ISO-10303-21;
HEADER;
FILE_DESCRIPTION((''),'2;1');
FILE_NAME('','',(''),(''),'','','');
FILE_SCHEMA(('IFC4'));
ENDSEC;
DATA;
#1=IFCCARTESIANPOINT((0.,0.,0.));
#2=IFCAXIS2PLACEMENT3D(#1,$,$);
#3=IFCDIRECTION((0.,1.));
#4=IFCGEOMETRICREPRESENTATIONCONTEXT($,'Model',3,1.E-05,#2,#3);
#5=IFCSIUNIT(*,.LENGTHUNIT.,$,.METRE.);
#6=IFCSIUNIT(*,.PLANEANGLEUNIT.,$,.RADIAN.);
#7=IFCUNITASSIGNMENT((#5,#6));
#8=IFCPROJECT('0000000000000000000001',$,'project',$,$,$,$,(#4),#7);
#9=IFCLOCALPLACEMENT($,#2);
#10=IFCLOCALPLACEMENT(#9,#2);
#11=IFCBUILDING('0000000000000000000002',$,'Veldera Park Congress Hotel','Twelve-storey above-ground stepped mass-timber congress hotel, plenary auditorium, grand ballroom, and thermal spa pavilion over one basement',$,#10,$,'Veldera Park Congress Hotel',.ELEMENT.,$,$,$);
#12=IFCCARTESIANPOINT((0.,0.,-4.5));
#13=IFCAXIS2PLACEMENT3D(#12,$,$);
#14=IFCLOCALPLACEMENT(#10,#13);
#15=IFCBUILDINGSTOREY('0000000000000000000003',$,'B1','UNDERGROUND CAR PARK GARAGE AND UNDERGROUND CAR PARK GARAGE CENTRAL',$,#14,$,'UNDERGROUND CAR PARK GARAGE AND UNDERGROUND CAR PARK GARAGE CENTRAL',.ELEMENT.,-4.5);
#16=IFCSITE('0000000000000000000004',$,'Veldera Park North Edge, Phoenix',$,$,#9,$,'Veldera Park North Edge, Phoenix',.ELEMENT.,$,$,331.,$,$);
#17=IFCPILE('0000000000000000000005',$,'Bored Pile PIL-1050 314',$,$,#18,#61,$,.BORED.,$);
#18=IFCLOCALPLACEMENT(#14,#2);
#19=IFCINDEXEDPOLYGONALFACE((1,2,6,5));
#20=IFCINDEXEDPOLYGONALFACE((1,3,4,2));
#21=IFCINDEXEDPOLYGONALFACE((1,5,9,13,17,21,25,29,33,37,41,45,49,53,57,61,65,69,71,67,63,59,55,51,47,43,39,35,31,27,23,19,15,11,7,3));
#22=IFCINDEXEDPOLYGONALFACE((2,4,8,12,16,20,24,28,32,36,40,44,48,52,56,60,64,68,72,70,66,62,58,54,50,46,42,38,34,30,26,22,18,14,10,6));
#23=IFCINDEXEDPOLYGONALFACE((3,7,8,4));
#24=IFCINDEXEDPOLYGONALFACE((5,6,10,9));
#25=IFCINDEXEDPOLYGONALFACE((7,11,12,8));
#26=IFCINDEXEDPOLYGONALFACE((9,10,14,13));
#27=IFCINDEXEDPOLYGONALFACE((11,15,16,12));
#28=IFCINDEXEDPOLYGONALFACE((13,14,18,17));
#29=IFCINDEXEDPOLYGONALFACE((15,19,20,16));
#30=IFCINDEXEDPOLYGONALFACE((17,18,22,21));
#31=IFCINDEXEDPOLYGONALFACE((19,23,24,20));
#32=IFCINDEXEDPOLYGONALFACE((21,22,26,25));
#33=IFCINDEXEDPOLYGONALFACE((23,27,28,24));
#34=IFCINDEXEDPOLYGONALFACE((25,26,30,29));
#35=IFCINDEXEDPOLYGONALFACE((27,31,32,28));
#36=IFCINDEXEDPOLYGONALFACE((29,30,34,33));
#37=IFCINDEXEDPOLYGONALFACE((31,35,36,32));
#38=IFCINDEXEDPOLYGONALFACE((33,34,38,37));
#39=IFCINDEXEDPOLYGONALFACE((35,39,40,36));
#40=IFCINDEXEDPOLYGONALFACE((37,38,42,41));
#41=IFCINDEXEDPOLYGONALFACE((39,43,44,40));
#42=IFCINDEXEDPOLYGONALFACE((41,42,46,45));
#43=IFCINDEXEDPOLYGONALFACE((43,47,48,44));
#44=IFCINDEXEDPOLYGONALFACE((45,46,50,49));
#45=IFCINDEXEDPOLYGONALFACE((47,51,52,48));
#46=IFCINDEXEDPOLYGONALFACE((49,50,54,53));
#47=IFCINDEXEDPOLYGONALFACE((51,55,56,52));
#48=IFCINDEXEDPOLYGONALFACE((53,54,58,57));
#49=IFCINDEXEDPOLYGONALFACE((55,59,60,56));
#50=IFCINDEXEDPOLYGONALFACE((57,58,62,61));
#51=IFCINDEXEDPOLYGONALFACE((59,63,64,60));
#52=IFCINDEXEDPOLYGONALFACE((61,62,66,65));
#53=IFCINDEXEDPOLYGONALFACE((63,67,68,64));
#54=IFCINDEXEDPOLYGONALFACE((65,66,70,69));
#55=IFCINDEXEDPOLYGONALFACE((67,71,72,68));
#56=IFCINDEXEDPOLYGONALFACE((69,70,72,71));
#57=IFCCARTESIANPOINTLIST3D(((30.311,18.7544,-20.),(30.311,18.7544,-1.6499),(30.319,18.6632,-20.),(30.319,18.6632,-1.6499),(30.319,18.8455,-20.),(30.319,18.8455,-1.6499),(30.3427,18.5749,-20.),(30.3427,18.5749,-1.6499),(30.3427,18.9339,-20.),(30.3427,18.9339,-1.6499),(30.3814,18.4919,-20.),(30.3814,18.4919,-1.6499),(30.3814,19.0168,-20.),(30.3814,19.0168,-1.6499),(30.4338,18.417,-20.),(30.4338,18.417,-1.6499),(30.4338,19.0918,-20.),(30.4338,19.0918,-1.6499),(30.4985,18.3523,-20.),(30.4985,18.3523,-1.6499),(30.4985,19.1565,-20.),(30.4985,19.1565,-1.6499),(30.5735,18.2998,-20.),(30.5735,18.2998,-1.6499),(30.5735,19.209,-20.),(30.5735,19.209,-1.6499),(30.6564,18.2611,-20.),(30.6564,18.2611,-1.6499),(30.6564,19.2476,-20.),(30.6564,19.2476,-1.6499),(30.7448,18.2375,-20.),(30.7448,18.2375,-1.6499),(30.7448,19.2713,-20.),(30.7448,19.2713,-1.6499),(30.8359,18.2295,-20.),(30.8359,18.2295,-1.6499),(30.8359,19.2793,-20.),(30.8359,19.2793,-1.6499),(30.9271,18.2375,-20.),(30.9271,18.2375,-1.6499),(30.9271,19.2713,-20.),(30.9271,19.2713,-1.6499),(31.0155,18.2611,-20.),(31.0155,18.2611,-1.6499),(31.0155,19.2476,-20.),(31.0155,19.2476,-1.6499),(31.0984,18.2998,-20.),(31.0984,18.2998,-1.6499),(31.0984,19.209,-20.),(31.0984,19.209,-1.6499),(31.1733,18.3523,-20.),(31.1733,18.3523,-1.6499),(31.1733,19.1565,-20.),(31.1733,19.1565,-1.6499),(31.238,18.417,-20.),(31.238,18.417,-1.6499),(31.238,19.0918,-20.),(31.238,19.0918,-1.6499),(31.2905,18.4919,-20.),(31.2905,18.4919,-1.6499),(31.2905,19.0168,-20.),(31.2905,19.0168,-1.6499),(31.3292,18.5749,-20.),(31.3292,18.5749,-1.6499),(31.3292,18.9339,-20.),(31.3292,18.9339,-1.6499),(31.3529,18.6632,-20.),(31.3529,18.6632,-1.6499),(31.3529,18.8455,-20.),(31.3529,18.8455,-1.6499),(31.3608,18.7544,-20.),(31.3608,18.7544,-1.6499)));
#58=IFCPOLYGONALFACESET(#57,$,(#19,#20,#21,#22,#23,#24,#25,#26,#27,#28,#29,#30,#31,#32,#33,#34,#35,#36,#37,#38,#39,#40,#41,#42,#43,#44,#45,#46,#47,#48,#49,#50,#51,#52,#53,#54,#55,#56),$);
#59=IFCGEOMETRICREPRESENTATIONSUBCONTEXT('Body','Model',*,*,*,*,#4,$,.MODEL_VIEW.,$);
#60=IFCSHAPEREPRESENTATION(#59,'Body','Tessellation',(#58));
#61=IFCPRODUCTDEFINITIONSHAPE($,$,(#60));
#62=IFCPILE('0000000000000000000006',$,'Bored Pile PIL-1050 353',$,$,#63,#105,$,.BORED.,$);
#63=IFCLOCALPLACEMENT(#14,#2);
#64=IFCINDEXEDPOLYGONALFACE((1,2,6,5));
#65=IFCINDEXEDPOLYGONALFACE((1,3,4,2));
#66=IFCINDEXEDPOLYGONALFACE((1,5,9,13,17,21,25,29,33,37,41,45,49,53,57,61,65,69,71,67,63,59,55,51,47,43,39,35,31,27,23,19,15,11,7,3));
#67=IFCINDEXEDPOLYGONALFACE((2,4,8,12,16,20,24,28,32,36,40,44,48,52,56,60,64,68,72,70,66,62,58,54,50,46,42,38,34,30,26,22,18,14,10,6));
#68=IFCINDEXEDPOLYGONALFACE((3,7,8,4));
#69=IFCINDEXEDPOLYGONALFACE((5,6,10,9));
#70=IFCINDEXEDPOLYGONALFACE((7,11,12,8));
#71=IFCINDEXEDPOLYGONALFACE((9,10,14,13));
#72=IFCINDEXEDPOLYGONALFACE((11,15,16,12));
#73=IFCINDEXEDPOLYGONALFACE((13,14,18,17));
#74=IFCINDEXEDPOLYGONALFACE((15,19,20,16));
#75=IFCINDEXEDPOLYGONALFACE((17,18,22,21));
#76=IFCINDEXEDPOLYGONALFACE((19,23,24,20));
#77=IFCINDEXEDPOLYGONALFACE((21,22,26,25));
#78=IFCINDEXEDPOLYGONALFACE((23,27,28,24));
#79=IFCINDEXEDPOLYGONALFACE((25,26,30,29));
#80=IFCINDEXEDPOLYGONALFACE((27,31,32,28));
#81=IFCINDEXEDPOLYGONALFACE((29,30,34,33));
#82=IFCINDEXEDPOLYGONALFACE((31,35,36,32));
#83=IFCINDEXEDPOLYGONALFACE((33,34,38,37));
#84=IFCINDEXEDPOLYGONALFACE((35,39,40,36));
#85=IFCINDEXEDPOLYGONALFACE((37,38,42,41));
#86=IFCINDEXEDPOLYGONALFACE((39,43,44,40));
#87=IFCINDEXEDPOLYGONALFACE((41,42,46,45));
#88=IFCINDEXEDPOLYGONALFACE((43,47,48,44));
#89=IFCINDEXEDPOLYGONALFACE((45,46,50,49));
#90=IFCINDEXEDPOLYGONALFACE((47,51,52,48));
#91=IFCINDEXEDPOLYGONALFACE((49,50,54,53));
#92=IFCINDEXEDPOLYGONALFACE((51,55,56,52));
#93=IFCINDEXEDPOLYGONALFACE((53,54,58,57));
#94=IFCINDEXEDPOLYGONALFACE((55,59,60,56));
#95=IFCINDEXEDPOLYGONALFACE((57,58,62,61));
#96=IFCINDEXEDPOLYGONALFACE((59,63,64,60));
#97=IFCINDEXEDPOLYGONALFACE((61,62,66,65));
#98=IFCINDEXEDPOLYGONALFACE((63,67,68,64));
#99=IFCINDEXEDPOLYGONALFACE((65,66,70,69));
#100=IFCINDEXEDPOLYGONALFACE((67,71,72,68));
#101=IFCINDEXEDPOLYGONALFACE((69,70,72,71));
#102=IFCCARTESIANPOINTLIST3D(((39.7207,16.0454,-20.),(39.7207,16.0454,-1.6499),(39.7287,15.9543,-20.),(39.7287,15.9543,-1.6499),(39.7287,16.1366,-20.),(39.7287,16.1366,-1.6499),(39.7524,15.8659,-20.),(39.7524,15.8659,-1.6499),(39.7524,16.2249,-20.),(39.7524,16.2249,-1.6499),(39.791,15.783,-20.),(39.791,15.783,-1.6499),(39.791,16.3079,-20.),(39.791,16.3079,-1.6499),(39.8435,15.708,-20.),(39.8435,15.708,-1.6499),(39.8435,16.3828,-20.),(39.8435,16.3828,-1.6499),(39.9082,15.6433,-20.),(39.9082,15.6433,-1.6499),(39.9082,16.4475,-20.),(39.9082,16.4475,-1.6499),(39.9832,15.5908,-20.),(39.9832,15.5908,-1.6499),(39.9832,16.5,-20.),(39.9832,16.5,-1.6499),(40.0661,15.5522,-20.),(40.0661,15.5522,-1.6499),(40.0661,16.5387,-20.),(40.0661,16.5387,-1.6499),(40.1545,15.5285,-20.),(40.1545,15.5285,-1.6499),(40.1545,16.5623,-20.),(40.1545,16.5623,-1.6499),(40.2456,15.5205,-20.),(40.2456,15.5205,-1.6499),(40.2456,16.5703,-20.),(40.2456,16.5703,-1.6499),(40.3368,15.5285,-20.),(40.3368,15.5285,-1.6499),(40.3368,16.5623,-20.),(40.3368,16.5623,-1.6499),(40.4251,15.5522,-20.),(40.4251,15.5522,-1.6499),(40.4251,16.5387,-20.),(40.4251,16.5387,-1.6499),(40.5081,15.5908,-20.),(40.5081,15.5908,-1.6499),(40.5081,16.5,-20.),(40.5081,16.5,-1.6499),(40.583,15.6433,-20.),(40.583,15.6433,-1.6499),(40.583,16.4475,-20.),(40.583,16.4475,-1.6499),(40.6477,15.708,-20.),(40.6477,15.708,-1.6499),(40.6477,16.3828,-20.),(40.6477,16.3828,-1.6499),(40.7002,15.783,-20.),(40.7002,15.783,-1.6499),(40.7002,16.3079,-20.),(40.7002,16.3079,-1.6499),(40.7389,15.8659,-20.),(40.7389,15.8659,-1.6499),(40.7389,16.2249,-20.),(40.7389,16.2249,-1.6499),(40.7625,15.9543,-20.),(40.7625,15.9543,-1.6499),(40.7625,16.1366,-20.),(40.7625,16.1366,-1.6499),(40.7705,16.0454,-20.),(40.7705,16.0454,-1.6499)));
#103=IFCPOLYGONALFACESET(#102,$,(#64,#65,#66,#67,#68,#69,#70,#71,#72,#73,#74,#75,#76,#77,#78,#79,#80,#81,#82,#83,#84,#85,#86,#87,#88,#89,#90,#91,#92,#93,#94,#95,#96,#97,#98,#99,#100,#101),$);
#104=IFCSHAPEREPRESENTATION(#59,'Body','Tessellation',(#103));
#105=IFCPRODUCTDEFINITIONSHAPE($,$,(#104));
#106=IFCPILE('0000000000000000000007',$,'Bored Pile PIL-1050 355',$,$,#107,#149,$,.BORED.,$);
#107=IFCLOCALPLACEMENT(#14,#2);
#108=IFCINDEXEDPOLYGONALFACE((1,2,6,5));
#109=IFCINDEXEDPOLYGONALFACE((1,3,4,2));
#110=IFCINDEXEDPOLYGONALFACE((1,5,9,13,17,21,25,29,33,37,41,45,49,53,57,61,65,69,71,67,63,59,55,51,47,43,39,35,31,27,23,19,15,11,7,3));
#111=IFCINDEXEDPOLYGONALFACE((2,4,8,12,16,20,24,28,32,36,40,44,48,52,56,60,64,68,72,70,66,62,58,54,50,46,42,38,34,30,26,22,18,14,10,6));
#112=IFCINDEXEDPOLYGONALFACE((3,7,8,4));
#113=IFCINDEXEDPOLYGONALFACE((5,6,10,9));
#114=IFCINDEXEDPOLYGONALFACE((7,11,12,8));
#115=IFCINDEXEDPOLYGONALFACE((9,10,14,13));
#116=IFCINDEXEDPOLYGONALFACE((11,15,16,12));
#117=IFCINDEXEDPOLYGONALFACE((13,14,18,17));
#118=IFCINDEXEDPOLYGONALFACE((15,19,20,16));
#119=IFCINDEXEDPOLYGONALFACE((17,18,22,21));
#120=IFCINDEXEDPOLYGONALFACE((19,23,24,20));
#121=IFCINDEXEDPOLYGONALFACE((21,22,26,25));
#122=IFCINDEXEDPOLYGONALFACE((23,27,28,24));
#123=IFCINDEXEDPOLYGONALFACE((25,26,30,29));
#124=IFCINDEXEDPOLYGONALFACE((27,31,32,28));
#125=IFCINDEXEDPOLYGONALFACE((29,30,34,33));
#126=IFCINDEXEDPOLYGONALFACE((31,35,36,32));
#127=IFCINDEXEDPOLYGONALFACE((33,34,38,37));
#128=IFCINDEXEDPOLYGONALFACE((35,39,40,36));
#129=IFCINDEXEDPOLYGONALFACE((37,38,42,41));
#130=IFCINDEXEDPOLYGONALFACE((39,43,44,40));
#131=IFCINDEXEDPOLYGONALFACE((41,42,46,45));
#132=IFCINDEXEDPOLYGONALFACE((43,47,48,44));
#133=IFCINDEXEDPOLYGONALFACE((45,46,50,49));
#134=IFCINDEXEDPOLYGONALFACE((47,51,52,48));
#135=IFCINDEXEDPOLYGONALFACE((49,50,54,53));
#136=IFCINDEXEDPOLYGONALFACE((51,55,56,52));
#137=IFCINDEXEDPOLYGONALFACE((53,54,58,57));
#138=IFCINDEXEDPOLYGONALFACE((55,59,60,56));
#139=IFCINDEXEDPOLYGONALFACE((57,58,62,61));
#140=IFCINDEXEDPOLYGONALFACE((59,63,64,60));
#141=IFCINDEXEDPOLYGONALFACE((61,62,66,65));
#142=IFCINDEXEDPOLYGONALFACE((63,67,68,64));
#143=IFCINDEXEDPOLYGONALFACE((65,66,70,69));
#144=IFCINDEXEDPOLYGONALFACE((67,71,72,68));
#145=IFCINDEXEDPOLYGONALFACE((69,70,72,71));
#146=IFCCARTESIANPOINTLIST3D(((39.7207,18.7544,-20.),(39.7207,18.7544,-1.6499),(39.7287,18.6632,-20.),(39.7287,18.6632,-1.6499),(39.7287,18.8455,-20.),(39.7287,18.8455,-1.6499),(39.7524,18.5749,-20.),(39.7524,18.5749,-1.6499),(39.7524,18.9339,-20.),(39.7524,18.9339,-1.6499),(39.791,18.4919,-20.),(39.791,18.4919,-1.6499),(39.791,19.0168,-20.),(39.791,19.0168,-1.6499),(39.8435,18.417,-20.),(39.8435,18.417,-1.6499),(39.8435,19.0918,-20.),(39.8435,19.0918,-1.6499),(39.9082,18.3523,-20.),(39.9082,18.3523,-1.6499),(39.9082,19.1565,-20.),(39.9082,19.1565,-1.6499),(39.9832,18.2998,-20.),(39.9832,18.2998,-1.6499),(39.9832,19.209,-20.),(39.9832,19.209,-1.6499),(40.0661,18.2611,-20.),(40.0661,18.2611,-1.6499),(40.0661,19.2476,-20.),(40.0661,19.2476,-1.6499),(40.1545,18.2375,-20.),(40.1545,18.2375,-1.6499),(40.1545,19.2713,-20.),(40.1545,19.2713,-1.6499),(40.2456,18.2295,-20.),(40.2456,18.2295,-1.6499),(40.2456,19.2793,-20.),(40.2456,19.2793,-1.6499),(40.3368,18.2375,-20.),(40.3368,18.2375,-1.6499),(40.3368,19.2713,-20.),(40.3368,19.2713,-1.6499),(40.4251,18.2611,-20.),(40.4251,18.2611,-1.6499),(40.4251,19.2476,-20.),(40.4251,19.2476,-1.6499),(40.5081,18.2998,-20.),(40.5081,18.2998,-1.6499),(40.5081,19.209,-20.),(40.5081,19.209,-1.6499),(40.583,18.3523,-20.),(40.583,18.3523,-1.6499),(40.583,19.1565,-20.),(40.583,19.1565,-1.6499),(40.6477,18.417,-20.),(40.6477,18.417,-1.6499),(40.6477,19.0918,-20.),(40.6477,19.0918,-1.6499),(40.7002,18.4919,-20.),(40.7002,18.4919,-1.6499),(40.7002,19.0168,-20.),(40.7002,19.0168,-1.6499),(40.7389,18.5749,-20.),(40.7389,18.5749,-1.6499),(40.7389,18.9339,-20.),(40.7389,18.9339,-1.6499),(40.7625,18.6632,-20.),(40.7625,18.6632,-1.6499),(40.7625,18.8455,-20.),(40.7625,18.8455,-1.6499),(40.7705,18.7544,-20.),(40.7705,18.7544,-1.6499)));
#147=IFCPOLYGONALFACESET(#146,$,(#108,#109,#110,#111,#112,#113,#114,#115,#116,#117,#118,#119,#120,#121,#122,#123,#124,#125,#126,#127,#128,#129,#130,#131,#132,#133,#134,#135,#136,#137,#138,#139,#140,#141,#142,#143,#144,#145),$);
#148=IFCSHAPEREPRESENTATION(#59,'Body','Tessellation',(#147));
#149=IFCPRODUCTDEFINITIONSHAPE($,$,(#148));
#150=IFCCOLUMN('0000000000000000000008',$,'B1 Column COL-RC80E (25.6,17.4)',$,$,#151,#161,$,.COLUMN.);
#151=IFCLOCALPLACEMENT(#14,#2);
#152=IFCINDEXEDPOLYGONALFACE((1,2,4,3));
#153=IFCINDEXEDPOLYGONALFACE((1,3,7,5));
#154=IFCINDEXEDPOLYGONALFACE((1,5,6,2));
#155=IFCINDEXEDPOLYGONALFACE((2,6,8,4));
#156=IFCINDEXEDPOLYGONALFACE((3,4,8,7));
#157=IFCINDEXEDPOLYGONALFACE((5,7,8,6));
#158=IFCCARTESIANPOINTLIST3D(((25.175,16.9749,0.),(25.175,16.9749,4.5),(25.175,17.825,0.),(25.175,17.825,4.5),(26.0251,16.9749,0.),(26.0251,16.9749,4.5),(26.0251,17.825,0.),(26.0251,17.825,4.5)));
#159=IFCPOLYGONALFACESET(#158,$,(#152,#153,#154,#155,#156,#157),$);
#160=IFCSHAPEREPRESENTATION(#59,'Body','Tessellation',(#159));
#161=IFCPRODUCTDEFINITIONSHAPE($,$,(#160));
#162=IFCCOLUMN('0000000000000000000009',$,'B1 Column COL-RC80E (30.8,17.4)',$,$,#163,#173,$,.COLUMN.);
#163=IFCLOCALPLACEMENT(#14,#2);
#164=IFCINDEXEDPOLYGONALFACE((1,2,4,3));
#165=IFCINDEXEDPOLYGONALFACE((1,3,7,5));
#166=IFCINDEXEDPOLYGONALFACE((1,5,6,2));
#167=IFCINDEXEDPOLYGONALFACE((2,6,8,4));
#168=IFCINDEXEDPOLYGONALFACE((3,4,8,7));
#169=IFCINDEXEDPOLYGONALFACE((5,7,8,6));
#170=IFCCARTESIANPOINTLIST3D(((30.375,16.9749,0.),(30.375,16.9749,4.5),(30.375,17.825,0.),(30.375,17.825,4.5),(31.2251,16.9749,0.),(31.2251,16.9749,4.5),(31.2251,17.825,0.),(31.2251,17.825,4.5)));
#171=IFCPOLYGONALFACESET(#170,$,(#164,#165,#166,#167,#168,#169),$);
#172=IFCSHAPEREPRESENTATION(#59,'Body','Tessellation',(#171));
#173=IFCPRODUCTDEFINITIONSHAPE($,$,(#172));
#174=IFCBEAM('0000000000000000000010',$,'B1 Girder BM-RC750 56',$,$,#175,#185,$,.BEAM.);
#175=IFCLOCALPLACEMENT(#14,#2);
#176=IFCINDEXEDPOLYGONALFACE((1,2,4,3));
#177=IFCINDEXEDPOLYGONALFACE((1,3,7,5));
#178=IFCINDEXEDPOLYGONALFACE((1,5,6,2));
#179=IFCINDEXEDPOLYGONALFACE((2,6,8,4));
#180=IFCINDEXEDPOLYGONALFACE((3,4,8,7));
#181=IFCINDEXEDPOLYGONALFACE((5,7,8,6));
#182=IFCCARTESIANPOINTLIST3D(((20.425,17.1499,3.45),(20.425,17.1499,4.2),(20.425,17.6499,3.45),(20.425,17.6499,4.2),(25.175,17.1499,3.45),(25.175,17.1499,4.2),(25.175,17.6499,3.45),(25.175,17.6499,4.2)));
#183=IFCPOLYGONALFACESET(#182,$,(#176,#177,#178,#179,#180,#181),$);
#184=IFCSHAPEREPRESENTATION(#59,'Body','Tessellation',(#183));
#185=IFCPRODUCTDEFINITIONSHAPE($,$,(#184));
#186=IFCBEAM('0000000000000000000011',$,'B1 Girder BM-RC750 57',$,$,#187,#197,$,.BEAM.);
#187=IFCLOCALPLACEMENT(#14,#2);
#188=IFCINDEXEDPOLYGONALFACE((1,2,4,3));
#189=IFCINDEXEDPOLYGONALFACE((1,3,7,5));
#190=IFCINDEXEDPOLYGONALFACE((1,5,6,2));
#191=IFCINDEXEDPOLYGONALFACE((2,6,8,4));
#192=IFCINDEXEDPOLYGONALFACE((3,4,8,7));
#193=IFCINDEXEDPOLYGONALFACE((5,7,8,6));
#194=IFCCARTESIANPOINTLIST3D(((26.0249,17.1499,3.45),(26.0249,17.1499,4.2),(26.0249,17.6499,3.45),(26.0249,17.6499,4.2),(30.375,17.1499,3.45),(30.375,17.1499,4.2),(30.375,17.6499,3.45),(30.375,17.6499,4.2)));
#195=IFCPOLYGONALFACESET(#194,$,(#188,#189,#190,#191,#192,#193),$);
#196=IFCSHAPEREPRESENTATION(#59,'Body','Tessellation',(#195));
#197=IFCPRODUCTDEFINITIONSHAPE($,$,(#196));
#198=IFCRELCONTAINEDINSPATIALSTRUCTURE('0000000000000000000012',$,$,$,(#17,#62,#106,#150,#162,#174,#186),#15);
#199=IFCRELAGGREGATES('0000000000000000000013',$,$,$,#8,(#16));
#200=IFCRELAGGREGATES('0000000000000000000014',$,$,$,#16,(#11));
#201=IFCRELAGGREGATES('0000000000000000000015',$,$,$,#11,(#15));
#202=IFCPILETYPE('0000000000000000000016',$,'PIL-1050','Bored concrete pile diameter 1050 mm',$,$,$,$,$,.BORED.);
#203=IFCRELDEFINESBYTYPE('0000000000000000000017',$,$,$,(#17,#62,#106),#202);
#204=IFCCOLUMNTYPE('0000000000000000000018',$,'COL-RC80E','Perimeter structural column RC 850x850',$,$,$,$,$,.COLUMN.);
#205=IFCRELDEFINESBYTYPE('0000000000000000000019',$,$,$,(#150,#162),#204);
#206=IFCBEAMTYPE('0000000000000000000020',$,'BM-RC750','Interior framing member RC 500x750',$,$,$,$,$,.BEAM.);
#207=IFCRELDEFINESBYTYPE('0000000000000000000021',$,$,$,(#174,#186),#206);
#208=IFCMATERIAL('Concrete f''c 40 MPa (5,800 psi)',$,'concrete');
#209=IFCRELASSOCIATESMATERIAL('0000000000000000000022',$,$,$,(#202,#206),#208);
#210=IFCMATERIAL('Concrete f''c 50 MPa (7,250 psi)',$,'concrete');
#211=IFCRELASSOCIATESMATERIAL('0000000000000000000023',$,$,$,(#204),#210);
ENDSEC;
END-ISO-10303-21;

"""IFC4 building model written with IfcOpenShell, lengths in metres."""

from ifc_helpers import new_model, si_unit, direction, frame, origin, origin_2d, place, context, subcontext, project, spatial, rectangle, circle, extrude, material, material_profile, profile_set, type_object, element, save


model = new_model("IFC4")

# Units and contexts
model_context = context("Model", 3, precision=1e-05, world=origin(), true_north=direction((0.0, 1.0)))
body_context = subcontext(model_context, "Body", "Model", "MODEL_VIEW")
ifc_project = project(units=[si_unit("LENGTHUNIT", "METRE"), si_unit("PLANEANGLEUNIT", "RADIAN")], contexts=[model_context])

# Site, building, storey
site_placement = place(None, origin())
site = spatial("IfcSite", under=ifc_project, at=site_placement, Name="Veldera Park North Edge, Phoenix", LongName="Veldera Park North Edge, Phoenix", CompositionType="ELEMENT", RefElevation=331.0)
building_placement = place(site_placement, origin())
building = spatial("IfcBuilding", under=site, at=building_placement, Name="Veldera Park Congress Hotel", Description="Twelve-storey above-ground stepped mass-timber congress hotel, plenary auditorium, grand ballroom, and thermal spa pavilion over one basement", LongName="Veldera Park Congress Hotel", CompositionType="ELEMENT")
storey_placement = place(building_placement, frame((0.0, 0.0, -4.5)))
storey = spatial("IfcBuildingStorey", under=building, at=storey_placement, Name="B1", Description="UNDERGROUND CAR PARK GARAGE AND UNDERGROUND CAR PARK GARAGE CENTRAL", LongName="UNDERGROUND CAR PARK GARAGE AND UNDERGROUND CAR PARK GARAGE CENTRAL", CompositionType="ELEMENT", Elevation=-4.5)

# Shared definitions
ifc_material_1 = material(Name="Concrete f'c 40 MPa (5,800 psi)", Category="concrete")

# Piles
ifc_material_profile_1 = material_profile(ifc_material_1, circle(Radius=0.5249, at=origin_2d()), Name="PILE D1050")
ifc_profile_set_1 = profile_set([ifc_material_profile_1], Name="Concrete f'c 40 MPa (5,800 psi)")
pile_type = type_object("IfcPileType", Name="PIL-1050", Description="Bored concrete pile diameter 1050 mm", PredefinedType="BORED", material=ifc_profile_set_1)
for number, where, z_axis, x_axis, name in (
    (1, (30.8359, 18.7544, -1.6499), (0.0, 0.0, -1.0), (1.0, 0.0, 0.0), "Bored Pile PIL-1050 314"),
    (2, (40.2456, 16.0454, -1.6499), (0.0, 0.0, -1.0), (1.0, 0.0, 0.0), "Bored Pile PIL-1050 353"),
    (3, (40.2456, 18.7544, -1.6499), (0.0, 0.0, -1.0), (1.0, 0.0, 0.0), "Bored Pile PIL-1050 355"),
):
    element("IfcPile", number, at=place(storey_placement, frame(where, z_axis=z_axis, x_axis=x_axis)), inside=storey, type_object=pile_type, Name=name, PredefinedType="BORED", context=body_context, shape_type="SweptSolid", body=[
        extrude(circle(Radius=0.5249, at=origin_2d()), origin(), (0.0, 0.0, 1.0), 18.3501),
    ])

# Columns
ifc_material_2 = material(Name="Concrete f'c 50 MPa (7,250 psi)", Category="concrete")
ifc_material_profile_2 = material_profile(ifc_material_2, rectangle(XDim=0.8501, YDim=0.8501, at=origin_2d()), Name="RC 850x850")
ifc_profile_set_2 = profile_set([ifc_material_profile_2], Name="Concrete f'c 50 MPa (7,250 psi)")
column_type = type_object("IfcColumnType", Name="COL-RC80E", Description="Perimeter structural column RC 850x850", PredefinedType="COLUMN", material=ifc_profile_set_2)
for number, where, z_axis, x_axis, name in (
    (4, (25.6001, 17.3999, 0.0), (0.0, 0.0, 1.0), (1.0, 0.0, 0.0), "B1 Column COL-RC80E (25.6,17.4)"),
    (5, (30.8, 17.3999, 0.0), (0.0, 0.0, 1.0), (1.0, 0.0, 0.0), "B1 Column COL-RC80E (30.8,17.4)"),
):
    element("IfcColumn", number, at=place(storey_placement, frame(where, z_axis=z_axis, x_axis=x_axis)), inside=storey, type_object=column_type, Name=name, PredefinedType="COLUMN", context=body_context, shape_type="SweptSolid", body=[
        extrude(rectangle(XDim=0.8501, YDim=0.8501, at=origin_2d()), origin(), (0.0, 0.0, 1.0), 4.5),
    ])

# Beams
ifc_material_profile_3 = material_profile(ifc_material_1, rectangle(XDim=0.5, YDim=0.75, at=origin_2d()), Name="RC 500x750")
ifc_profile_set_3 = profile_set([ifc_material_profile_3], Name="Concrete f'c 40 MPa (5,800 psi)")
beam_type_1 = type_object("IfcBeamType", Name="BM-RC750", Description="Interior framing member RC 500x750", PredefinedType="BEAM", material=ifc_profile_set_3)
beam_1_placement = place(storey_placement, frame((20.425, 17.3999, 3.825), z_axis=(1.0, 0.0, 0.0), x_axis=(0.0, 1.0, 0.0)))
element("IfcBeam", 6, at=beam_1_placement, inside=storey, type_object=beam_type_1, Name="B1 Girder BM-RC750 56", PredefinedType="BEAM", context=body_context, shape_type="SweptSolid", body=[
    extrude(rectangle(XDim=0.5, YDim=0.75, at=origin_2d()), origin(), (0.0, 0.0, 1.0), 4.75),
])
beam_2_placement = place(storey_placement, frame((26.0249, 17.3999, 3.825), z_axis=(1.0, 0.0, 0.0), x_axis=(0.0, 1.0, 0.0)))
element("IfcBeam", 7, at=beam_2_placement, inside=storey, type_object=beam_type_1, Name="B1 Girder BM-RC750 57", PredefinedType="BEAM", context=body_context, shape_type="SweptSolid", body=[
    extrude(rectangle(XDim=0.5, YDim=0.75, at=origin_2d()), origin(), (0.0, 0.0, 1.0), 4.3501),
])

save(model, "model.ifc")
